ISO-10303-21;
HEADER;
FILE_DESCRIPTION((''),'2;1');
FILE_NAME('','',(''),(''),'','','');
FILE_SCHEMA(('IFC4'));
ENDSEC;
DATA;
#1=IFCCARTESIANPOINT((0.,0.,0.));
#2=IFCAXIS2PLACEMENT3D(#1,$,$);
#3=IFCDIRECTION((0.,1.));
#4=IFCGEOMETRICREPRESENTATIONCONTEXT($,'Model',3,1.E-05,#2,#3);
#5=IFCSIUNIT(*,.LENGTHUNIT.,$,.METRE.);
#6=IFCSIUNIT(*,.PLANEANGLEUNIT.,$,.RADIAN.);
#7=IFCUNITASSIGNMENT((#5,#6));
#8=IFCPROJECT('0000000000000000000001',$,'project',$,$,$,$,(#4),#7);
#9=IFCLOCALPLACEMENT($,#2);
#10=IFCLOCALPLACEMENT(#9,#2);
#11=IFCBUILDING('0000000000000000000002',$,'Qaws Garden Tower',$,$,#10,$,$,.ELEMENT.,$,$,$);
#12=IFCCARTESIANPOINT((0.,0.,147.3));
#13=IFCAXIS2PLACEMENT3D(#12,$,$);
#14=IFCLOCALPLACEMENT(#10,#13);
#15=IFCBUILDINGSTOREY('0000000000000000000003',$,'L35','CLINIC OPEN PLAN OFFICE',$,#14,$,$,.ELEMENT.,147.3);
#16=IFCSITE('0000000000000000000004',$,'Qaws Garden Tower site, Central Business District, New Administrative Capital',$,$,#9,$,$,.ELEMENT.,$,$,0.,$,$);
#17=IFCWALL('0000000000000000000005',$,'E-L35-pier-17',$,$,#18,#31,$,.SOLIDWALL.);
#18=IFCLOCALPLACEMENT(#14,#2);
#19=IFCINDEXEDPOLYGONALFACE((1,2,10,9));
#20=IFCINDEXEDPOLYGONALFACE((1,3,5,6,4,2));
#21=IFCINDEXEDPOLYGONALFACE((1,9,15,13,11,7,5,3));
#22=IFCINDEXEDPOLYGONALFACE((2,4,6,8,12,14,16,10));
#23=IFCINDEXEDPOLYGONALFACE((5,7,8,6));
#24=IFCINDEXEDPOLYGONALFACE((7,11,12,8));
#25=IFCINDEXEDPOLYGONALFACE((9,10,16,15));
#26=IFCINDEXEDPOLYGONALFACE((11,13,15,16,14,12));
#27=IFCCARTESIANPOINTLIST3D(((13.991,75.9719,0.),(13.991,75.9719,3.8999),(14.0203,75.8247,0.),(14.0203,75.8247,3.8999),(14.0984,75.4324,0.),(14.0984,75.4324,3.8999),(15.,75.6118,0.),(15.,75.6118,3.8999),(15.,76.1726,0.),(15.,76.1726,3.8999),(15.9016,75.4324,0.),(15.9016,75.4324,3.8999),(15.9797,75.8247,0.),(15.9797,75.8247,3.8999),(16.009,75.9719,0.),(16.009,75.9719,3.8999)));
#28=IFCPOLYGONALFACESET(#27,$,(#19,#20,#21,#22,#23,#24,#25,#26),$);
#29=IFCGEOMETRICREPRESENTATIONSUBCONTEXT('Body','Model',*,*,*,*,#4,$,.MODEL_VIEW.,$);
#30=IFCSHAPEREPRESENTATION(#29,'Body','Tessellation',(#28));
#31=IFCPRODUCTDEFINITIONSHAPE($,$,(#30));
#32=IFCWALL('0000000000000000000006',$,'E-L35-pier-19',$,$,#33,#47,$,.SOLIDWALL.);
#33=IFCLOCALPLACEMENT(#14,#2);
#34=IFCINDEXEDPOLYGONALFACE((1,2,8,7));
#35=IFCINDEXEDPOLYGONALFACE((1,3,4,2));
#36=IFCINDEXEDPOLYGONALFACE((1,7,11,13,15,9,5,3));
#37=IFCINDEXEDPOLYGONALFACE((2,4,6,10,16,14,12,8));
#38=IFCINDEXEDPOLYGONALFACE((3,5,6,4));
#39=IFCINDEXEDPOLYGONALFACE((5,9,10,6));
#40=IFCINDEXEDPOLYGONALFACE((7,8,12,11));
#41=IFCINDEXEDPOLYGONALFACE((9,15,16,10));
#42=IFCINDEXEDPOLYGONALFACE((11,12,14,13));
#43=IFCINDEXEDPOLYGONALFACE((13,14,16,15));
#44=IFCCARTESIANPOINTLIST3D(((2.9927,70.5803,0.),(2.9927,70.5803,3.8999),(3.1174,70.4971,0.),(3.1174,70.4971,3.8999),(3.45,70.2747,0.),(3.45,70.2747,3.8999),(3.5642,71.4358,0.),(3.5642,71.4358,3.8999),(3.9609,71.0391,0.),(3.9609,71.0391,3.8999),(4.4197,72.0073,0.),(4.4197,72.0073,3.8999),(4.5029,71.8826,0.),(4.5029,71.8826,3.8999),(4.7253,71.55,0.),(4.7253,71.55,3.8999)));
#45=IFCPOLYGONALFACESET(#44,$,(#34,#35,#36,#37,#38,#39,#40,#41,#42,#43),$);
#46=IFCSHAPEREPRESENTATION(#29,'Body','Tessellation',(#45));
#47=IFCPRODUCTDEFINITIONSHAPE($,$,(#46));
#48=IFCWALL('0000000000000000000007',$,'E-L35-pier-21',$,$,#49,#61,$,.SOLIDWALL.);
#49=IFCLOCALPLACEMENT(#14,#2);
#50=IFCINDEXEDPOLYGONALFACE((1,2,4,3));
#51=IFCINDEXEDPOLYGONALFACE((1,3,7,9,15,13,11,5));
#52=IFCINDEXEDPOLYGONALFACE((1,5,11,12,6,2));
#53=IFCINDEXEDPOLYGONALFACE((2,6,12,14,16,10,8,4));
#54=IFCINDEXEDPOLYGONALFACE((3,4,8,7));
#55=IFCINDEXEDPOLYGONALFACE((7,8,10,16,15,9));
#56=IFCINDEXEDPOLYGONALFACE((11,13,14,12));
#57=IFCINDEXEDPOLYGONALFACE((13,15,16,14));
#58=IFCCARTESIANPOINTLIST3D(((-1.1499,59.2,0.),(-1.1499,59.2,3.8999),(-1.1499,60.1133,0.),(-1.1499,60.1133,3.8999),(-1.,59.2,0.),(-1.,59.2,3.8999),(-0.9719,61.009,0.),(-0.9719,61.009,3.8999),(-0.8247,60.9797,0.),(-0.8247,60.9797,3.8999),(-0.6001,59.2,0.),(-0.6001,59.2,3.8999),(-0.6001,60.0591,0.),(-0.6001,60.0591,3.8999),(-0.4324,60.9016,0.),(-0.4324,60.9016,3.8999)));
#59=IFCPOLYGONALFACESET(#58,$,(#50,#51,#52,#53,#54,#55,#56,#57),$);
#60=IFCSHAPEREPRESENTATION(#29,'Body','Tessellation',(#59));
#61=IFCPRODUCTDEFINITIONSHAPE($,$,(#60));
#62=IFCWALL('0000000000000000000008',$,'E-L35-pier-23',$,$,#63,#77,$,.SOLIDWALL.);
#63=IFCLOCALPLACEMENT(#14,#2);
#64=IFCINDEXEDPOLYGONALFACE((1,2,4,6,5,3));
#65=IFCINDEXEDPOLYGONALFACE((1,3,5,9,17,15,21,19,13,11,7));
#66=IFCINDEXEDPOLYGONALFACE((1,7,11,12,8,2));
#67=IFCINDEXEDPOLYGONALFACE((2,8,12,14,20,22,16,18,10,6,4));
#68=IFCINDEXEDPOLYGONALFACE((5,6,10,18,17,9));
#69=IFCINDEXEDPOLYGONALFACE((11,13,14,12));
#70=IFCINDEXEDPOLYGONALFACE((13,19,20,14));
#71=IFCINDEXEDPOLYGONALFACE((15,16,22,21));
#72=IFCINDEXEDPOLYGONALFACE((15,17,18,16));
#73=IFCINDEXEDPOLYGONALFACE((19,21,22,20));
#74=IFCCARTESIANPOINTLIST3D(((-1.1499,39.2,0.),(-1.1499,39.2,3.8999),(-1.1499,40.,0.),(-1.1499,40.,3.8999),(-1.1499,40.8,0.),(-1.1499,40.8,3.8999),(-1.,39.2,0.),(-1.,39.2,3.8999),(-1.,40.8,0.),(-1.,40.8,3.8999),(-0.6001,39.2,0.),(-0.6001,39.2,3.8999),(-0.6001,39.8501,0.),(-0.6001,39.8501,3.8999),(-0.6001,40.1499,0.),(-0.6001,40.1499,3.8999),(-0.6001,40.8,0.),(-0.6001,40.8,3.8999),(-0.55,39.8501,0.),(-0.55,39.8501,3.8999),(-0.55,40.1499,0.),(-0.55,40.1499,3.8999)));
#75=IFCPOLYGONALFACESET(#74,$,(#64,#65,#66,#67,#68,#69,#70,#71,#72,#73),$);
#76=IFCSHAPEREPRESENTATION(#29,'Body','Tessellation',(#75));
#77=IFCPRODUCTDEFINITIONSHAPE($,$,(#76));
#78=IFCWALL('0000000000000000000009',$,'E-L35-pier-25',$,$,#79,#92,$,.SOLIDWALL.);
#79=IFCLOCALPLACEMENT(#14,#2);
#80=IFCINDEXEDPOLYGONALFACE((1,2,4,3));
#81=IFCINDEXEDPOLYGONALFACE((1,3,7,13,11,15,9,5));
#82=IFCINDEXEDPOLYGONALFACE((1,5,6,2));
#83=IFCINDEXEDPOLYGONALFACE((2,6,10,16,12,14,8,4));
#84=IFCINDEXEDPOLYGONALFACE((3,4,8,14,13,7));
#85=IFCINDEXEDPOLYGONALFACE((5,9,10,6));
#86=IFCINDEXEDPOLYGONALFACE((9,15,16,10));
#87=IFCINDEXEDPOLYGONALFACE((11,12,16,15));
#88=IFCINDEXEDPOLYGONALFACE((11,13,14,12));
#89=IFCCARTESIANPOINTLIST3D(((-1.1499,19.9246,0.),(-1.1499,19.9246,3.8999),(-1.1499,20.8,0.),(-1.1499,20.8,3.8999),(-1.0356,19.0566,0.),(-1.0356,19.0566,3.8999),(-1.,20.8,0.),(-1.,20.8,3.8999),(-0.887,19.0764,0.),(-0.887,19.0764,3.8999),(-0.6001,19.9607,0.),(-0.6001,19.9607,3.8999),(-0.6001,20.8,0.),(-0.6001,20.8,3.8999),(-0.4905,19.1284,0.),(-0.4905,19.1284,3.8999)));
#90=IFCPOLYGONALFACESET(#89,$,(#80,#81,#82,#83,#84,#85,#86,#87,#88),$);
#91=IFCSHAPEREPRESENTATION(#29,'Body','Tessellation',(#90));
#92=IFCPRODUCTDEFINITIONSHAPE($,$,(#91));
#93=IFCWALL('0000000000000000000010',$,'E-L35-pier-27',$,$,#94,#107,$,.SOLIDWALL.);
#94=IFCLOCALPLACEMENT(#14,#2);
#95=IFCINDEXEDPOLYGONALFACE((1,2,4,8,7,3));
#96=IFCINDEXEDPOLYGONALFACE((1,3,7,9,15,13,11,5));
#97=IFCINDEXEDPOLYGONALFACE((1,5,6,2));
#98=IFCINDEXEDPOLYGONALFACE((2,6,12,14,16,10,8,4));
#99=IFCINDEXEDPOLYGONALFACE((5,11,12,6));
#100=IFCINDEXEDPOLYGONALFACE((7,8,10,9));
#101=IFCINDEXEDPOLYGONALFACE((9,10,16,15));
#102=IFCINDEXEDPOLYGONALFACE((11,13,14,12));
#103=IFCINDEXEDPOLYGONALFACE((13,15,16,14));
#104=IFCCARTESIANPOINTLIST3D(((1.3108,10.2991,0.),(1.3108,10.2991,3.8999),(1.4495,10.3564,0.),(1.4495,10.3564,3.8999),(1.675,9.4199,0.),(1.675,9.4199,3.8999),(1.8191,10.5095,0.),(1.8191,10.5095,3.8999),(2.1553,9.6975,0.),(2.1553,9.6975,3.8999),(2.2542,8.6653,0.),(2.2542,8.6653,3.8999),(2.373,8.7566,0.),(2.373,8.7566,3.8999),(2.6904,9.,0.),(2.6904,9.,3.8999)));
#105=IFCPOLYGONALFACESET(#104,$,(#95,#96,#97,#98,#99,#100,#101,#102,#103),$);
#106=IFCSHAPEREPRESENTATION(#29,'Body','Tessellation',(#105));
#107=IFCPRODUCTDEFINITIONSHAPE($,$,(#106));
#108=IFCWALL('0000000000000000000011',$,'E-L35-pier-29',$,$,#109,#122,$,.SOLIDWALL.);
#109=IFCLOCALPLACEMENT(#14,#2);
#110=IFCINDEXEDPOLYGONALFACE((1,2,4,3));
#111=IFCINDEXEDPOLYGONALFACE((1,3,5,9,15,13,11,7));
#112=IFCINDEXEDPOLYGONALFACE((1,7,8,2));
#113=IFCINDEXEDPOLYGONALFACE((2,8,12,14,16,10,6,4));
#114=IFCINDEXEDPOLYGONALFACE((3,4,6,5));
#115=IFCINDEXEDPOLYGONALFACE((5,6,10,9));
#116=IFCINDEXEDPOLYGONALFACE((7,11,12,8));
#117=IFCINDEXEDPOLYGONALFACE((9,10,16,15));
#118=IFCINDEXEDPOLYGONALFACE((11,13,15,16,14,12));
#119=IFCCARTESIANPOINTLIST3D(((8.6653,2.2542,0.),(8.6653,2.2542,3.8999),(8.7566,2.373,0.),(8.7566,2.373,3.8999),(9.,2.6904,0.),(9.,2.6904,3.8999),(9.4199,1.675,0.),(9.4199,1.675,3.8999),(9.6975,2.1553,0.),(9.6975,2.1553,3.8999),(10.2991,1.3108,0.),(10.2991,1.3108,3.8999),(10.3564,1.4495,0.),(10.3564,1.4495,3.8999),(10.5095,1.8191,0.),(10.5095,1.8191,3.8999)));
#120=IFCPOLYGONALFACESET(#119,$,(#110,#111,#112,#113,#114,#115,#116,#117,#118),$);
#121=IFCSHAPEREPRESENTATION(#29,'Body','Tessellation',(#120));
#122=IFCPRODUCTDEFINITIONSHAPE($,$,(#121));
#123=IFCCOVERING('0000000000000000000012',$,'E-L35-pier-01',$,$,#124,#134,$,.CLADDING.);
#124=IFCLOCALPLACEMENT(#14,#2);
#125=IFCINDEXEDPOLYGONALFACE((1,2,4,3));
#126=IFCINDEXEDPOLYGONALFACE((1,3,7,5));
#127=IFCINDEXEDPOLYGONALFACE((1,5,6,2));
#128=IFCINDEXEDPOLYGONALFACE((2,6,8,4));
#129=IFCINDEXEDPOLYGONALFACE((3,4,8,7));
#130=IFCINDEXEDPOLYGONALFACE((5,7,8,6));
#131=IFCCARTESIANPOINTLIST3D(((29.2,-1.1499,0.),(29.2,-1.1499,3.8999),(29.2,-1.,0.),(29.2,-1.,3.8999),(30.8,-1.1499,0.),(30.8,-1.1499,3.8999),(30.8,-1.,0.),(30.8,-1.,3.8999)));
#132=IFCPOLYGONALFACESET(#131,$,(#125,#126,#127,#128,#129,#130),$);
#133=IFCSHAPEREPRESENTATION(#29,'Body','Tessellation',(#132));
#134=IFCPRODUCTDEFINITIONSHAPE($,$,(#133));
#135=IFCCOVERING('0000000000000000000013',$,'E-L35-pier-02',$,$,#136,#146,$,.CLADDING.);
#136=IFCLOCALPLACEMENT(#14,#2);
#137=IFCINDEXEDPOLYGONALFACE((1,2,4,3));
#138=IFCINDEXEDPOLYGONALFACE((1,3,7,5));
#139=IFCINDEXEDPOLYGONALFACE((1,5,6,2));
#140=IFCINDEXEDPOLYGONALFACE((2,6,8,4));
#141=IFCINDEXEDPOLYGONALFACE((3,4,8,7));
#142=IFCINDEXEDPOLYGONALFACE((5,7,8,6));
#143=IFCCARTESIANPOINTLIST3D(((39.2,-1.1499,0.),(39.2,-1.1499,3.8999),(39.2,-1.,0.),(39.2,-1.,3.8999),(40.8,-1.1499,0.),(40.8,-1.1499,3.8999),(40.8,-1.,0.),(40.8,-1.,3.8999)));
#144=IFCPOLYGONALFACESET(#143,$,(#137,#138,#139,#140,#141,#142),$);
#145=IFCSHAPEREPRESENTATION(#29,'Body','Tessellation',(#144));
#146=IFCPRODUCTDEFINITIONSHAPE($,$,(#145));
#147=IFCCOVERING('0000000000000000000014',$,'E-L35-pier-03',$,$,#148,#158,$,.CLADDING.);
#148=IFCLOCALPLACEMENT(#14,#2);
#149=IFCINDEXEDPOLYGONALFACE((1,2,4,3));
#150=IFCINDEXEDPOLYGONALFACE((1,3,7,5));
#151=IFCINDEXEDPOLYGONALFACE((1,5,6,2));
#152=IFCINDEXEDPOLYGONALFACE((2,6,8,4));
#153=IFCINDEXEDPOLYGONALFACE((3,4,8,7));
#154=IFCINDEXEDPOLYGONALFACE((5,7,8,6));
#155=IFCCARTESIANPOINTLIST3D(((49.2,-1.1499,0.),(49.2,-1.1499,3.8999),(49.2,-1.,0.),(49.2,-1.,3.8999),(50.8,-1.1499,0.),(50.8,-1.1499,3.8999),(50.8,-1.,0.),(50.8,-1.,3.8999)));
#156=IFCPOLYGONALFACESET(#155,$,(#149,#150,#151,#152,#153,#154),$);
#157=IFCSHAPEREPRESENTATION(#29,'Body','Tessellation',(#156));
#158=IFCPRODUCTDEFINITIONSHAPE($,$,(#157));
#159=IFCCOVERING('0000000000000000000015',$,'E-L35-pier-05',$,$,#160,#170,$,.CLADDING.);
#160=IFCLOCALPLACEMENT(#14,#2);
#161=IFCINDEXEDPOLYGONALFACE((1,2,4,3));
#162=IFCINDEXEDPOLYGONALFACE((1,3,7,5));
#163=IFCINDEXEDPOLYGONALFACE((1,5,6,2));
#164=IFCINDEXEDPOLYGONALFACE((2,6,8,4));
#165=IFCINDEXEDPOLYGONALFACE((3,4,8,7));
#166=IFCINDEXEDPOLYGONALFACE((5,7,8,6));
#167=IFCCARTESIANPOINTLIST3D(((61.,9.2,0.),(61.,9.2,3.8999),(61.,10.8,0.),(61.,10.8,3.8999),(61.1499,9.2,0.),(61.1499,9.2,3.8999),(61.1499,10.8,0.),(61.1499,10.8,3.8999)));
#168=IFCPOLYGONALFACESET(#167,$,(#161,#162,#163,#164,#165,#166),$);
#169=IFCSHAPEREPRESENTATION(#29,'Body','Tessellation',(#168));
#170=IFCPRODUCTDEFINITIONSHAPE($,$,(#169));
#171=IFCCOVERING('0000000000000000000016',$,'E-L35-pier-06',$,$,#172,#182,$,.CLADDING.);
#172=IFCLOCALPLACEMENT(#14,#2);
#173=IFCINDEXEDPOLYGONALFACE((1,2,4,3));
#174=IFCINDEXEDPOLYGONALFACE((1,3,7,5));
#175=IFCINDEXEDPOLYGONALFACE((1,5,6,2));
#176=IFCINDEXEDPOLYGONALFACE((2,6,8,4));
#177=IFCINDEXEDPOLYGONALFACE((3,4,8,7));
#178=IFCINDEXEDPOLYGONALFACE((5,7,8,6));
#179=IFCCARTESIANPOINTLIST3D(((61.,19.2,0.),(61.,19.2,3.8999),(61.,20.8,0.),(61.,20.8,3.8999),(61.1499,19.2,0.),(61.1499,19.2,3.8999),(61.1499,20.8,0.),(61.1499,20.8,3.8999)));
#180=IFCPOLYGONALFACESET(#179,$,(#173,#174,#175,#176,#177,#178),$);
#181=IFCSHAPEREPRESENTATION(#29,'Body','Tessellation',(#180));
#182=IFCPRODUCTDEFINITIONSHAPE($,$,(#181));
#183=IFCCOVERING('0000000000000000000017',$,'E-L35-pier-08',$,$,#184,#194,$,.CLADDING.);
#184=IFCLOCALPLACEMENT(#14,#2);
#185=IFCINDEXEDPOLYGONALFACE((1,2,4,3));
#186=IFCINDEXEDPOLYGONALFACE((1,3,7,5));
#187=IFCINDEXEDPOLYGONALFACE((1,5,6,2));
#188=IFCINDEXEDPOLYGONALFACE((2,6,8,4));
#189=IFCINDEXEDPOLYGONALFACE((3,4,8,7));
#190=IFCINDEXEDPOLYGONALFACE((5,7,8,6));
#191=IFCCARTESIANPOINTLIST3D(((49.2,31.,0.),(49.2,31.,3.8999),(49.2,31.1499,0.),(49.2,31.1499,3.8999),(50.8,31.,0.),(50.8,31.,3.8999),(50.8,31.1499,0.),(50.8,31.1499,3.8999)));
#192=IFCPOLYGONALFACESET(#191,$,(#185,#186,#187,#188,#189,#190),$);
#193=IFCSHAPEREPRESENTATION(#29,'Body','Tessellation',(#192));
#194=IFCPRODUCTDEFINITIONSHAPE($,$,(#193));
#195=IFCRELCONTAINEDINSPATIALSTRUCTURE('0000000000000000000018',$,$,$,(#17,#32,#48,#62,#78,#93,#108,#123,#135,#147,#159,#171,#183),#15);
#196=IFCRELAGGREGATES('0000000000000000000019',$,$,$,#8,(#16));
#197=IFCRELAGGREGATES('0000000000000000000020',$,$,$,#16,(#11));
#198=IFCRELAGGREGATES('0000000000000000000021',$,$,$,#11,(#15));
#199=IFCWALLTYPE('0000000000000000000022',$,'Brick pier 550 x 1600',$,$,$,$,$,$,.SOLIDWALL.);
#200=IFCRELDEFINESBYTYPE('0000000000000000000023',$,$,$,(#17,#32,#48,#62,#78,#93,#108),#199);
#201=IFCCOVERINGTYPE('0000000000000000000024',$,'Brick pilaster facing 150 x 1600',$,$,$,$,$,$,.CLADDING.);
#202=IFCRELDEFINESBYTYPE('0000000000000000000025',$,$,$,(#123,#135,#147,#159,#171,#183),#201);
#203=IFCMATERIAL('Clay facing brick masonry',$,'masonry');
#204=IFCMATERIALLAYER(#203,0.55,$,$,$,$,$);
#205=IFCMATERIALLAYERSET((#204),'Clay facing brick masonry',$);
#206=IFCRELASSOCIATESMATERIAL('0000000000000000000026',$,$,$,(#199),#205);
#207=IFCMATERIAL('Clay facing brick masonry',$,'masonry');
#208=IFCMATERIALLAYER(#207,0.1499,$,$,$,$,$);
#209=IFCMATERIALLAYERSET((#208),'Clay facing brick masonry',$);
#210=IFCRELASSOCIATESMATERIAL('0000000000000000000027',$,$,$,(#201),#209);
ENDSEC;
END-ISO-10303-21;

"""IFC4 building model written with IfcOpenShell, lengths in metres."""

from ifc_helpers import new_model, si_unit, direction, frame, origin, place, context, subcontext, project, spatial, polyline, outline, extrude, material, layer, layer_set, type_object, element, save


model = new_model("IFC4")

# Units and contexts
model_context = context("Model", 3, precision=1e-05, world=origin(), true_north=direction((0.0, 1.0)))
body_context = subcontext(model_context, "Body", "Model", "MODEL_VIEW")
ifc_project = project(units=[si_unit("LENGTHUNIT", "METRE"), si_unit("PLANEANGLEUNIT", "RADIAN")], contexts=[model_context])

# Site, building, storey
site_placement = place(None, origin())
site = spatial("IfcSite", under=ifc_project, at=site_placement, Name="Qaws Garden Tower site, Central Business District, New Administrative Capital", CompositionType="ELEMENT", RefElevation=0.0)
building_placement = place(site_placement, origin())
building = spatial("IfcBuilding", under=site, at=building_placement, Name="Qaws Garden Tower", CompositionType="ELEMENT")
storey_placement = place(building_placement, frame((0.0, 0.0, 147.3)))
storey = spatial("IfcBuildingStorey", under=building, at=storey_placement, Name="L35", Description="CLINIC OPEN PLAN OFFICE", CompositionType="ELEMENT", Elevation=147.3)

# Walls
placement = place(storey_placement, origin())
ifc_material_1 = material(Name="Clay facing brick masonry", Category="masonry")
ifc_layer_1 = layer(ifc_material_1, 0.55)
ifc_layer_set_1 = layer_set([ifc_layer_1], Name="Clay facing brick masonry")
wall_type_1 = type_object("IfcWallType", Name="Brick pier 550 x 1600", PredefinedType="SOLIDWALL", material=ifc_layer_set_1)
element("IfcWall", 1, at=placement, inside=storey, type_object=wall_type_1, Name="E-L35-pier-17", PredefinedType="SOLIDWALL", context=body_context, shape_type="SweptSolid", body=[
    extrude(outline(polyline([(15.9797, 75.8247), (16.009, 75.9719), (15.0, 76.1726), (13.991, 75.9719), (14.0203, 75.8247), (14.0984, 75.4324), (15.0, 75.6118), (15.9016, 75.4324), (15.9797, 75.8247)])), origin(), (0.0, 0.0, 1.0), 3.8999),
])
element("IfcWall", 2, at=placement, inside=storey, type_object=wall_type_1, Name="E-L35-pier-19", PredefinedType="SOLIDWALL", context=body_context, shape_type="SweptSolid", body=[
    extrude(outline(polyline([(4.5029, 71.8826), (4.4197, 72.0073), (3.5642, 71.4358), (2.9927, 70.5803), (3.1174, 70.4971), (3.45, 70.2747), (3.9609, 71.0391), (4.7253, 71.55), (4.5029, 71.8826)])), origin(), (0.0, 0.0, 1.0), 3.8999),
])
element("IfcWall", 3, at=placement, inside=storey, type_object=wall_type_1, Name="E-L35-pier-21", PredefinedType="SOLIDWALL", context=body_context, shape_type="SweptSolid", body=[
    extrude(outline(polyline([(-0.8247, 60.9797), (-0.9719, 61.009), (-1.1499, 60.1133), (-1.1499, 59.2), (-1.0, 59.2), (-0.6001, 59.2), (-0.6001, 60.0591), (-0.4324, 60.9016), (-0.8247, 60.9797)])), origin(), (0.0, 0.0, 1.0), 3.8999),
])
element("IfcWall", 4, at=placement, inside=storey, type_object=wall_type_1, Name="E-L35-pier-23", PredefinedType="SOLIDWALL", context=body_context, shape_type="SweptSolid", body=[
    extrude(outline(polyline([(-0.6001, 39.2), (-0.6001, 39.8501), (-0.55, 39.8501), (-0.55, 40.1499), (-0.6001, 40.1499), (-0.6001, 40.8), (-1.0, 40.8), (-1.1499, 40.8), (-1.1499, 40.0), (-1.1499, 39.2), (-1.0, 39.2), (-0.6001, 39.2)])), origin(), (0.0, 0.0, 1.0), 3.8999),
])
element("IfcWall", 5, at=placement, inside=storey, type_object=wall_type_1, Name="E-L35-pier-25", PredefinedType="SOLIDWALL", context=body_context, shape_type="SweptSolid", body=[
    extrude(outline(polyline([(-1.0, 20.8), (-1.1499, 20.8), (-1.1499, 19.9246), (-1.0356, 19.0566), (-0.887, 19.0764), (-0.4905, 19.1284), (-0.6001, 19.9607), (-0.6001, 20.8), (-1.0, 20.8)])), origin(), (0.0, 0.0, 1.0), 3.8999),
])
element("IfcWall", 6, at=placement, inside=storey, type_object=wall_type_1, Name="E-L35-pier-27", PredefinedType="SOLIDWALL", context=body_context, shape_type="SweptSolid", body=[
    extrude(outline(polyline([(1.4495, 10.3564), (1.3108, 10.2991), (1.675, 9.4199), (2.2542, 8.6653), (2.373, 8.7566), (2.6904, 9.0), (2.1553, 9.6975), (1.8191, 10.5095), (1.4495, 10.3564)])), origin(), (0.0, 0.0, 1.0), 3.8999),
])
element("IfcWall", 7, at=placement, inside=storey, type_object=wall_type_1, Name="E-L35-pier-29", PredefinedType="SOLIDWALL", context=body_context, shape_type="SweptSolid", body=[
    extrude(outline(polyline([(8.7566, 2.373), (8.6653, 2.2542), (9.4199, 1.675), (10.2991, 1.3108), (10.3564, 1.4495), (10.5095, 1.8191), (9.6975, 2.1553), (9.0, 2.6904), (8.7566, 2.373)])), origin(), (0.0, 0.0, 1.0), 3.8999),
])

# Coverings
ifc_material_2 = material(Name="Clay facing brick masonry", Category="masonry")
ifc_layer_2 = layer(ifc_material_2, 0.1499)
ifc_layer_set_2 = layer_set([ifc_layer_2], Name="Clay facing brick masonry")
covering_type = type_object("IfcCoveringType", Name="Brick pilaster facing 150 x 1600", PredefinedType="CLADDING", material=ifc_layer_set_2)
element("IfcCovering", 8, at=placement, inside=storey, type_object=covering_type, Name="E-L35-pier-01", PredefinedType="CLADDING", context=body_context, shape_type="SweptSolid", body=[
    extrude(outline(polyline([(29.2, -1.0), (30.8, -1.0), (30.8, -1.1499), (29.2, -1.1499), (29.2, -1.0)])), origin(), (0.0, 0.0, 1.0), 3.8999),
])
element("IfcCovering", 9, at=placement, inside=storey, type_object=covering_type, Name="E-L35-pier-02", PredefinedType="CLADDING", context=body_context, shape_type="SweptSolid", body=[
    extrude(outline(polyline([(39.2, -1.0), (40.8, -1.0), (40.8, -1.1499), (39.2, -1.1499), (39.2, -1.0)])), origin(), (0.0, 0.0, 1.0), 3.8999),
])
element("IfcCovering", 10, at=placement, inside=storey, type_object=covering_type, Name="E-L35-pier-03", PredefinedType="CLADDING", context=body_context, shape_type="SweptSolid", body=[
    extrude(outline(polyline([(49.2, -1.0), (50.8, -1.0), (50.8, -1.1499), (49.2, -1.1499), (49.2, -1.0)])), origin(), (0.0, 0.0, 1.0), 3.8999),
])
element("IfcCovering", 11, at=placement, inside=storey, type_object=covering_type, Name="E-L35-pier-05", PredefinedType="CLADDING", context=body_context, shape_type="SweptSolid", body=[
    extrude(outline(polyline([(61.0, 9.2), (61.0, 10.8), (61.1499, 10.8), (61.1499, 9.2), (61.0, 9.2)])), origin(), (0.0, 0.0, 1.0), 3.8999),
])
element("IfcCovering", 12, at=placement, inside=storey, type_object=covering_type, Name="E-L35-pier-06", PredefinedType="CLADDING", context=body_context, shape_type="SweptSolid", body=[
    extrude(outline(polyline([(61.0, 19.2), (61.0, 20.8), (61.1499, 20.8), (61.1499, 19.2), (61.0, 19.2)])), origin(), (0.0, 0.0, 1.0), 3.8999),
])
element("IfcCovering", 13, at=placement, inside=storey, type_object=covering_type, Name="E-L35-pier-08", PredefinedType="CLADDING", context=body_context, shape_type="SweptSolid", body=[
    extrude(outline(polyline([(50.8, 31.0), (49.2, 31.0), (49.2, 31.1499), (50.8, 31.1499), (50.8, 31.0)])), origin(), (0.0, 0.0, 1.0), 3.8999),
])

save(model, "model.ifc")
